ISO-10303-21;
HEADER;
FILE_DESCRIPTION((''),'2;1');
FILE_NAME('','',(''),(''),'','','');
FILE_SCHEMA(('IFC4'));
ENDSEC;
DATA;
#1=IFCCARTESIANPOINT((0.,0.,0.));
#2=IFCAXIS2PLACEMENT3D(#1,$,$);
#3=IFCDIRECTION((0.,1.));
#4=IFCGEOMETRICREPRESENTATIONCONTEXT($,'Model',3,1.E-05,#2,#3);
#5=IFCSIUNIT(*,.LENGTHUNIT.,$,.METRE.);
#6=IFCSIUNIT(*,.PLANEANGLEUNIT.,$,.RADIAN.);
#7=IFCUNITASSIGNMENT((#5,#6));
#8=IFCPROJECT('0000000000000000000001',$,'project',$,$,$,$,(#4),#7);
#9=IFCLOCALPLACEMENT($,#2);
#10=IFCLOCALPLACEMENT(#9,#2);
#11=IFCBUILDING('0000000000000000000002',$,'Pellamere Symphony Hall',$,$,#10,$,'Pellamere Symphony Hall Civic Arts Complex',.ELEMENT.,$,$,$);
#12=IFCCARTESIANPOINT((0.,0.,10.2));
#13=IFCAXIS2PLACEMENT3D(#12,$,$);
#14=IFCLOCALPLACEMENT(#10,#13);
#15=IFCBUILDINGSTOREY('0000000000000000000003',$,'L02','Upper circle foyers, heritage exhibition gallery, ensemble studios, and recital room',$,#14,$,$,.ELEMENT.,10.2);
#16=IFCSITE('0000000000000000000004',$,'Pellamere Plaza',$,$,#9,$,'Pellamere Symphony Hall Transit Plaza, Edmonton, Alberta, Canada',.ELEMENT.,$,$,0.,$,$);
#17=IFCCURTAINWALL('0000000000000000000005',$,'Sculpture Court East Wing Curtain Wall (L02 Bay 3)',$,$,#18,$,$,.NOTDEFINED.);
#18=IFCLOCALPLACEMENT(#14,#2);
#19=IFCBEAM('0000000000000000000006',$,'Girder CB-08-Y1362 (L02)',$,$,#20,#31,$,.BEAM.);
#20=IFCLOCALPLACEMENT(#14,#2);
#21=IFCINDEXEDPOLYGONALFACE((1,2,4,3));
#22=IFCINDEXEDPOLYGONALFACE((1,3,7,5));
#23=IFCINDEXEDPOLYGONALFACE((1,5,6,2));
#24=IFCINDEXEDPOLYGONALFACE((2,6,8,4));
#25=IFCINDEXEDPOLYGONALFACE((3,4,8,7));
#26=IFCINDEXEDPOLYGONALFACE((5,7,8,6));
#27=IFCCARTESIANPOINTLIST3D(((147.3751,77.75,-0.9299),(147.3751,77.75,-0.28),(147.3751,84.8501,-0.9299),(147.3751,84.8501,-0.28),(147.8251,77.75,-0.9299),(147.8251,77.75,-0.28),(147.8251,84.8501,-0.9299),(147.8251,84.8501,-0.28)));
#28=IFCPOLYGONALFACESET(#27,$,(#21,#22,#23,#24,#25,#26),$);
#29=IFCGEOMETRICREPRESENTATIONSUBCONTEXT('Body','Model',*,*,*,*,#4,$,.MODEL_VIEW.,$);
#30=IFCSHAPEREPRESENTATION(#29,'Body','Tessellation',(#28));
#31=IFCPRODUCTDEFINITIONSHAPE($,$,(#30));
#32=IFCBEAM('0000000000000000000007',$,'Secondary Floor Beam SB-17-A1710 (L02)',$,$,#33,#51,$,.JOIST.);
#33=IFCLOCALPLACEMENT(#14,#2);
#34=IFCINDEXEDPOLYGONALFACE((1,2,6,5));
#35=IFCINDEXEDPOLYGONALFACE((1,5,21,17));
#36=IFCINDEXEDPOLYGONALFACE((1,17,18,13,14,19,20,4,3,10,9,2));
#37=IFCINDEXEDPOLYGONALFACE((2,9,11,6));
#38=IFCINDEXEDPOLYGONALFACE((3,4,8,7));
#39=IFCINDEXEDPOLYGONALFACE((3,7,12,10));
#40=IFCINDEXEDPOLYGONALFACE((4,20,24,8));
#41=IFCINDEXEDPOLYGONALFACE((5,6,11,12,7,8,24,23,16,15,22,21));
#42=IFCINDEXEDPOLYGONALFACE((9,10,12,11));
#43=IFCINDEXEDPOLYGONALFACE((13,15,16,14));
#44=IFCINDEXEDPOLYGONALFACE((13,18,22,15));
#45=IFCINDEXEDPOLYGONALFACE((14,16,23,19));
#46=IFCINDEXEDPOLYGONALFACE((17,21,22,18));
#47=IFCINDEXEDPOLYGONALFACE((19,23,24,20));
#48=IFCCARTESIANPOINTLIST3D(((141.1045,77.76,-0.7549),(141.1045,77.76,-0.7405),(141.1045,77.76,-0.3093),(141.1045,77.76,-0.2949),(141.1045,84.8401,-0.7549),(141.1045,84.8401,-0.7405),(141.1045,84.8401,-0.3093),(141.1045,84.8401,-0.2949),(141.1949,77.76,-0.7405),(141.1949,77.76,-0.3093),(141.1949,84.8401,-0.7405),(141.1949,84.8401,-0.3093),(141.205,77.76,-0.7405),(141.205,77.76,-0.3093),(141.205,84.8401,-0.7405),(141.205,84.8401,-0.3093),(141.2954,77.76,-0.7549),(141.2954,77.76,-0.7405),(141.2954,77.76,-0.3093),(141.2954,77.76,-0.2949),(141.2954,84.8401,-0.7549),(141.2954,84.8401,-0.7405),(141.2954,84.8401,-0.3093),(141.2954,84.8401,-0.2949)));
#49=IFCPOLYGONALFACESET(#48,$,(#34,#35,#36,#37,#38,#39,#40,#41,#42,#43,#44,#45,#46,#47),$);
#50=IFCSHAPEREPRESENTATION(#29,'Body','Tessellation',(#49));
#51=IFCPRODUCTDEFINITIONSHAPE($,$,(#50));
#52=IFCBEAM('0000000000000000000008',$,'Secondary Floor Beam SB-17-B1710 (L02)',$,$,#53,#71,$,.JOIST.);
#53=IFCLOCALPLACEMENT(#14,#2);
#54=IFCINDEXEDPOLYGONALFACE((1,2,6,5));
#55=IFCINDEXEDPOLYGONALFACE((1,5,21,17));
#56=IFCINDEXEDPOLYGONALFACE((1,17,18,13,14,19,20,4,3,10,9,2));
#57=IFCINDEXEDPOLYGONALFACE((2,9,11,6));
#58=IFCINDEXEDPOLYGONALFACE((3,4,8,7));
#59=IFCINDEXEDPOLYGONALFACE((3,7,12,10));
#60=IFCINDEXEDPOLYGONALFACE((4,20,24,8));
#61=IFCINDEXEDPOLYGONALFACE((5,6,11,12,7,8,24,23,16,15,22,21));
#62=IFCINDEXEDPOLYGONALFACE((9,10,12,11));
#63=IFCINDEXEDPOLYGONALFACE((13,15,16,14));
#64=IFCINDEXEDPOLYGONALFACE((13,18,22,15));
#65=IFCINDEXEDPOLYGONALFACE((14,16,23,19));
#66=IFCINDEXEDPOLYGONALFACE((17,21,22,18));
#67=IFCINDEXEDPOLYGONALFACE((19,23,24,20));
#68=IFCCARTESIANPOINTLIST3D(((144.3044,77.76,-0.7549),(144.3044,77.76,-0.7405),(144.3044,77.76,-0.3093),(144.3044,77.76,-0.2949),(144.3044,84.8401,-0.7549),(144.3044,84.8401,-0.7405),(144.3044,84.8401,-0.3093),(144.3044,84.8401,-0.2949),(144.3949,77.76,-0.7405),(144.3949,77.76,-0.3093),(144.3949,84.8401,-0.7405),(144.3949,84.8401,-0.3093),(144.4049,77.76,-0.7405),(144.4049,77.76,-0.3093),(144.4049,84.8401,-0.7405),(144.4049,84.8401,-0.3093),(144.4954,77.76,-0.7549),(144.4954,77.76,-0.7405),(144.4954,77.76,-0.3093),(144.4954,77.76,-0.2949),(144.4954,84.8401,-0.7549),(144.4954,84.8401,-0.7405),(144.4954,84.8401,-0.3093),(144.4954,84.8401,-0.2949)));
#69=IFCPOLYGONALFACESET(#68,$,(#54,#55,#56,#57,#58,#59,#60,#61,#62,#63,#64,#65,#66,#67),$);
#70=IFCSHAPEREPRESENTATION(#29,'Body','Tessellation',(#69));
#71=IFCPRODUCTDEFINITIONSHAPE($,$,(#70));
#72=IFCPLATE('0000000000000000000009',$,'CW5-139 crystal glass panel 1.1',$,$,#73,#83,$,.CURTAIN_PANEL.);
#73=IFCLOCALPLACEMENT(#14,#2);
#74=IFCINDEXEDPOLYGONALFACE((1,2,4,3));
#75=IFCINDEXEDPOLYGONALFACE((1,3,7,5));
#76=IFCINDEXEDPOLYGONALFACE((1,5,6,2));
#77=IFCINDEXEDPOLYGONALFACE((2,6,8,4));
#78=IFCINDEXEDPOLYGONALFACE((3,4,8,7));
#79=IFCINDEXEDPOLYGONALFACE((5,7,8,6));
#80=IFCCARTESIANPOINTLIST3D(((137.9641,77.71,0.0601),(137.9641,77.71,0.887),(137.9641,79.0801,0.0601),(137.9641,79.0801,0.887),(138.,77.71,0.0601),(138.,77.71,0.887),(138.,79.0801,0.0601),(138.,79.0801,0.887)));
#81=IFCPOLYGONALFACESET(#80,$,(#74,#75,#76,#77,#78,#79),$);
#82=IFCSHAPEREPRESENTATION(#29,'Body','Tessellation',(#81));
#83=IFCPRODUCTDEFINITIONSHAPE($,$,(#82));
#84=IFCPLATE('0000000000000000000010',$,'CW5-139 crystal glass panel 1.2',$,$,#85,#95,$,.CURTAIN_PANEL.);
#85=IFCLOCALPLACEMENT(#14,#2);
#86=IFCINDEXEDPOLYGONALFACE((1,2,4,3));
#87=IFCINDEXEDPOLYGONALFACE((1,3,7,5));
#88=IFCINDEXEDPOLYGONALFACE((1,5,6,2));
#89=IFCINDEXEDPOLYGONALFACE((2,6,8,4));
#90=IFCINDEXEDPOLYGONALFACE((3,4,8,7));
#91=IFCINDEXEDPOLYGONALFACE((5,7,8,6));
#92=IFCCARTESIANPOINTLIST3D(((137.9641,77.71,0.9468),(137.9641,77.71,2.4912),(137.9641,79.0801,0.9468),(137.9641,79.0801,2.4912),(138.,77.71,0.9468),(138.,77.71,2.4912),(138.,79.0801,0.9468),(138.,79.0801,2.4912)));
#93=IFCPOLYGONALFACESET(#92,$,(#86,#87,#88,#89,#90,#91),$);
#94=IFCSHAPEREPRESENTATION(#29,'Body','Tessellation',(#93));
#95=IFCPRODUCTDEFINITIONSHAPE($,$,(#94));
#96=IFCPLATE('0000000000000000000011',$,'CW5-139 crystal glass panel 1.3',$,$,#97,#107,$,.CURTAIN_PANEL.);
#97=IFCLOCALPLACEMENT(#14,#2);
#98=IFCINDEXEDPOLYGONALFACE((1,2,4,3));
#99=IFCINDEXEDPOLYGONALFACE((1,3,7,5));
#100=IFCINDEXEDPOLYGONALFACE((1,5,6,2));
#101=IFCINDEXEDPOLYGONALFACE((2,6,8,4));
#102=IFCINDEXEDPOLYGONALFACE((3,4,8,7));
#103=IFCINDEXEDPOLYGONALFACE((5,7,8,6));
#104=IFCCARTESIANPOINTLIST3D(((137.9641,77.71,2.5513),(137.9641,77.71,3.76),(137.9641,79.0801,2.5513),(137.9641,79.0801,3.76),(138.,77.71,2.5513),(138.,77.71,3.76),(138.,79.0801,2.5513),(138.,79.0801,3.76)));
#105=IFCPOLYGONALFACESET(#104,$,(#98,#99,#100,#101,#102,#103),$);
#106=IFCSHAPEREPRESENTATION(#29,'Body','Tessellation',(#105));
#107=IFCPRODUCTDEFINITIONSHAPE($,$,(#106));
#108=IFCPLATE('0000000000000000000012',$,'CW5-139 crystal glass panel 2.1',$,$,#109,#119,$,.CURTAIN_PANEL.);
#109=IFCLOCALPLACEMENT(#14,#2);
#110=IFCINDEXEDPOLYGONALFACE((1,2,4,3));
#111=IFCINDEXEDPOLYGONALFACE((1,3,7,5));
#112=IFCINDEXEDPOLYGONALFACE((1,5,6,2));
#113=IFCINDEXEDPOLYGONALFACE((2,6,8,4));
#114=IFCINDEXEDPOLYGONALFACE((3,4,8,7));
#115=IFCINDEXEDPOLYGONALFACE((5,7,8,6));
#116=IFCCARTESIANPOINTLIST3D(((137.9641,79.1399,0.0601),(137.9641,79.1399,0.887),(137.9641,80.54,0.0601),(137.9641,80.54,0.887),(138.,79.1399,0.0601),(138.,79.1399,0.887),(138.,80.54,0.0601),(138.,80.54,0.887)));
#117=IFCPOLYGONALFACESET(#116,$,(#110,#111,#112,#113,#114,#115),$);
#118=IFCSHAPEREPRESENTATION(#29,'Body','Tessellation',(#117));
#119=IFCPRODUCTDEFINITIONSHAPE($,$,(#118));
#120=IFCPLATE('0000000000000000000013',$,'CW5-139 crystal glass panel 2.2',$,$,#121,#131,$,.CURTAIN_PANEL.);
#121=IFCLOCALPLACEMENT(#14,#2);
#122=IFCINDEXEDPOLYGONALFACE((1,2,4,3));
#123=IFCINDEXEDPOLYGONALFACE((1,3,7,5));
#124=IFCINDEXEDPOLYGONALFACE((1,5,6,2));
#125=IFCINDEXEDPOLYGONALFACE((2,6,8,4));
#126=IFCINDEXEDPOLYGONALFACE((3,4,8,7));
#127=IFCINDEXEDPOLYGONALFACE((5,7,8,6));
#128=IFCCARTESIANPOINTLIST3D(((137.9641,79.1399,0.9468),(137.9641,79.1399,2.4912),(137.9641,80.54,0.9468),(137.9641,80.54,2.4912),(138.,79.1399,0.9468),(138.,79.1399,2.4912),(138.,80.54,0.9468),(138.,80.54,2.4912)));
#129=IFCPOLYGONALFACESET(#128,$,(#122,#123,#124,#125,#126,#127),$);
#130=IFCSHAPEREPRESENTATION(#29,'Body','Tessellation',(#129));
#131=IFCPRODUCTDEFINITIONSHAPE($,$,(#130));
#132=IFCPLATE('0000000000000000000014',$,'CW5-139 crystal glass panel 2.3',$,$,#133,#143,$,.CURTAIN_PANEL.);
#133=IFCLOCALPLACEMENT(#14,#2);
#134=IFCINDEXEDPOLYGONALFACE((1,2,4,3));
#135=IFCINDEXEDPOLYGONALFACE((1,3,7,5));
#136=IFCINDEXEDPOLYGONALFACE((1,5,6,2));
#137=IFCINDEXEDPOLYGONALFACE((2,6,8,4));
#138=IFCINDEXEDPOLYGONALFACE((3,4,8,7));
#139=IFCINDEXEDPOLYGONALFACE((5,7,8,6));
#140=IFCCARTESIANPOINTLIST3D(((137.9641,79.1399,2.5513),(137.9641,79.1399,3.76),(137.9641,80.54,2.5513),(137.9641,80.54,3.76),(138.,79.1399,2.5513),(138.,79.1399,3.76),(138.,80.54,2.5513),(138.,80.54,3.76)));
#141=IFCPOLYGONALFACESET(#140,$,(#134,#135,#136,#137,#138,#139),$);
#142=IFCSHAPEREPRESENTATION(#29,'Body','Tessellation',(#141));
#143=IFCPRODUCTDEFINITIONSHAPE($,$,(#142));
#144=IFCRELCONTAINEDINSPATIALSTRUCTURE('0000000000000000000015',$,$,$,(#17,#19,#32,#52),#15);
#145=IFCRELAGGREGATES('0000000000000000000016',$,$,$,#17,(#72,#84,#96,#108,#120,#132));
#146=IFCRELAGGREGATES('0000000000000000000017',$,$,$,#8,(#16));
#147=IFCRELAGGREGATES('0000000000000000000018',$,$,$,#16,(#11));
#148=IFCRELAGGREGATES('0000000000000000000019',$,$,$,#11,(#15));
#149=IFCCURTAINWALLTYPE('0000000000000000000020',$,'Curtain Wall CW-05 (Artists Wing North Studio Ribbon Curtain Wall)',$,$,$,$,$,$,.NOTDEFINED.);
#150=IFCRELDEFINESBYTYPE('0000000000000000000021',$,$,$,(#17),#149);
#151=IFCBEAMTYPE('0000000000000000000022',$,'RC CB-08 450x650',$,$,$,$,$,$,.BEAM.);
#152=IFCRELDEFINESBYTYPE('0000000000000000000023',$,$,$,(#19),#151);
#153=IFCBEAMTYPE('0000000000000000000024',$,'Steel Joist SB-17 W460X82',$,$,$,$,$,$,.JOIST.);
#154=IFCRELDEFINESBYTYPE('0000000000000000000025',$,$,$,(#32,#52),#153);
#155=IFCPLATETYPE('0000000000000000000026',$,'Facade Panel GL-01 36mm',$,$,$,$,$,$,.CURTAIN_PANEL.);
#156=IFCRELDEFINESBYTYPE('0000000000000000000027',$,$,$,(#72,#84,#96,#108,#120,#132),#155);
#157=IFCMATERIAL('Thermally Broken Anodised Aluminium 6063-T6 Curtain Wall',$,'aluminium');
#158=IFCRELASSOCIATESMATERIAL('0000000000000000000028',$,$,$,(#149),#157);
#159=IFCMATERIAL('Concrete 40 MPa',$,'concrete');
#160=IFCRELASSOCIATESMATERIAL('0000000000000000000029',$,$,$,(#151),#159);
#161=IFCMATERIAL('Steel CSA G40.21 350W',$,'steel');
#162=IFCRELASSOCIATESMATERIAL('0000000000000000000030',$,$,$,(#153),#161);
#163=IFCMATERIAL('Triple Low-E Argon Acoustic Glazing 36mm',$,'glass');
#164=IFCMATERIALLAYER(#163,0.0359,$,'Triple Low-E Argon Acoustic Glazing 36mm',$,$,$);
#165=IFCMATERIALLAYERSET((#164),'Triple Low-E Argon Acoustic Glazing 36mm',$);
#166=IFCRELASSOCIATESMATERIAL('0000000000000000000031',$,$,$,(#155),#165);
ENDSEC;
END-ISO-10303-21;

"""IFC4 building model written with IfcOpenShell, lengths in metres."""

from ifc_helpers import new_model, si_unit, direction, frame, origin, origin_2d, place, context, subcontext, project, spatial, polyline, rectangle, i_section, outline, extrude, material, layer, layer_set, material_profile, profile_set, type_object, element, aggregate, save


model = new_model("IFC4")

# Units and contexts
model_context = context("Model", 3, precision=1e-05, world=origin(), true_north=direction((0.0, 1.0)))
body_context = subcontext(model_context, "Body", "Model", "MODEL_VIEW")
ifc_project = project(units=[si_unit("LENGTHUNIT", "METRE"), si_unit("PLANEANGLEUNIT", "RADIAN")], contexts=[model_context])

# Site, building, storey
site_placement = place(None, origin())
site = spatial("IfcSite", under=ifc_project, at=site_placement, Name="Pellamere Plaza", LongName="Pellamere Symphony Hall Transit Plaza, Edmonton, Alberta, Canada", CompositionType="ELEMENT", RefElevation=0.0)
building_placement = place(site_placement, origin())
building = spatial("IfcBuilding", under=site, at=building_placement, Name="Pellamere Symphony Hall", LongName="Pellamere Symphony Hall Civic Arts Complex", CompositionType="ELEMENT")
storey_placement = place(building_placement, frame((0.0, 0.0, 10.2)))
storey = spatial("IfcBuildingStorey", under=building, at=storey_placement, Name="L02", Description="Upper circle foyers, heritage exhibition gallery, ensemble studios, and recital room", CompositionType="ELEMENT", Elevation=10.2)

# Curtain wall
ifc_material_1 = material(Name="Thermally Broken Anodised Aluminium 6063-T6 Curtain Wall", Category="aluminium")
curtain_wall_type = type_object("IfcCurtainWallType", Name="Curtain Wall CW-05 (Artists Wing North Studio Ribbon Curtain Wall)", PredefinedType="NOTDEFINED", material=ifc_material_1)
curtain_wall_placement = place(storey_placement, origin())
curtain_wall = element("IfcCurtainWall", 1, at=curtain_wall_placement, inside=storey, type_object=curtain_wall_type, Name="Sculpture Court East Wing Curtain Wall (L02 Bay 3)", PredefinedType="NOTDEFINED")

# Beams
ifc_material_2 = material(Name="Concrete 40 MPa", Category="concrete")
ifc_material_profile_1 = material_profile(ifc_material_2, rectangle(XDim=0.45, YDim=0.6499, at=origin_2d()), Name="RC 450x650")
ifc_profile_set_1 = profile_set([ifc_material_profile_1], Name="Concrete 40 MPa")
beam_type_1 = type_object("IfcBeamType", Name="RC CB-08 450x650", PredefinedType="BEAM", material=ifc_profile_set_1)
beam_placement = place(storey_placement, frame((147.6001, 77.75, -0.605), z_axis=(0.0, 1.0, 0.0), x_axis=(-1.0, 0.0, 0.0)))
element("IfcBeam", 2, at=beam_placement, inside=storey, type_object=beam_type_1, Name="Girder CB-08-Y1362 (L02)", PredefinedType="BEAM", context=body_context, shape_type="SweptSolid", body=[
    extrude(rectangle(XDim=0.45, YDim=0.6499, at=origin_2d()), origin(), (0.0, 0.0, 1.0), 7.1001),
])
ifc_material_3 = material(Name="Steel CSA G40.21 350W", Category="steel")
ifc_material_profile_2 = material_profile(ifc_material_3, i_section(OverallWidth=0.1909, OverallDepth=0.46, WebThickness=0.01, FlangeThickness=0.0144, at=origin_2d()), Name="W460X82")
ifc_profile_set_2 = profile_set([ifc_material_profile_2], Name="Steel CSA G40.21 350W")
beam_type_2 = type_object("IfcBeamType", Name="Steel Joist SB-17 W460X82", PredefinedType="JOIST", material=ifc_profile_set_2)
for number, where, z_axis, x_axis, name in (
    (3, (141.2, 77.76, -0.5249), (0.0, 1.0, 0.0), (-1.0, 0.0, 0.0), "Secondary Floor Beam SB-17-A1710 (L02)"),
    (4, (144.3999, 77.76, -0.5249), (0.0, 1.0, 0.0), (-1.0, 0.0, 0.0), "Secondary Floor Beam SB-17-B1710 (L02)"),
):
    element("IfcBeam", number, at=place(storey_placement, frame(where, z_axis=z_axis, x_axis=x_axis)), inside=storey, type_object=beam_type_2, Name=name, PredefinedType="JOIST", context=body_context, shape_type="SweptSolid", body=[
        extrude(i_section(OverallWidth=0.1909, OverallDepth=0.46, WebThickness=0.01, FlangeThickness=0.0144, at=origin_2d()), origin(), (0.0, 0.0, 1.0), 7.0801),
    ])

# Plates
ifc_material_4 = material(Name="Triple Low-E Argon Acoustic Glazing 36mm", Category="glass")
ifc_layer = layer(ifc_material_4, 0.0359, Name="Triple Low-E Argon Acoustic Glazing 36mm")
ifc_layer_set = layer_set([ifc_layer], Name="Triple Low-E Argon Acoustic Glazing 36mm")
plate_type = type_object("IfcPlateType", Name="Facade Panel GL-01 36mm", PredefinedType="CURTAIN_PANEL", material=ifc_layer_set)
plate_1_placement = place(storey_placement, frame((138.0, 77.71, 0.0601), z_axis=(1.0, 0.0, 0.0), x_axis=(0.0, 1.0, 0.0)))
plate_1 = element("IfcPlate", 5, at=plate_1_placement, type_object=plate_type, Name="CW5-139 crystal glass panel 1.1", PredefinedType="CURTAIN_PANEL", context=body_context, shape_type="SweptSolid", body=[
    extrude(outline(polyline([(0.0, 0.0), (1.3701, 0.0), (1.3701, 0.8269), (0.0, 0.8269), (0.0, 0.0)])), origin(), (0.0, 0.0, -1.0), 0.0359),
])
plate_2_placement = place(storey_placement, frame((138.0, 77.71, 0.9468), z_axis=(1.0, 0.0, 0.0), x_axis=(0.0, 1.0, 0.0)))
plate_2 = element("IfcPlate", 6, at=plate_2_placement, type_object=plate_type, Name="CW5-139 crystal glass panel 1.2", PredefinedType="CURTAIN_PANEL", context=body_context, shape_type="SweptSolid", body=[
    extrude(outline(polyline([(0.0, 0.0), (1.3701, 0.0), (1.3701, 1.5444), (0.0, 1.5444), (0.0, 0.0)])), origin(), (0.0, 0.0, -1.0), 0.0359),
])
plate_3_placement = place(storey_placement, frame((138.0, 77.71, 2.5513), z_axis=(1.0, 0.0, 0.0), x_axis=(0.0, 1.0, 0.0)))
plate_3 = element("IfcPlate", 7, at=plate_3_placement, type_object=plate_type, Name="CW5-139 crystal glass panel 1.3", PredefinedType="CURTAIN_PANEL", context=body_context, shape_type="SweptSolid", body=[
    extrude(outline(polyline([(0.0, 0.0), (1.3701, 0.0), (1.3701, 1.2087), (0.0, 1.2087), (0.0, 0.0)])), origin(), (0.0, 0.0, -1.0), 0.0359),
])
plate_4_placement = place(storey_placement, frame((138.0, 79.1399, 0.0601), z_axis=(1.0, 0.0, 0.0), x_axis=(0.0, 1.0, 0.0)))
plate_4 = element("IfcPlate", 8, at=plate_4_placement, type_object=plate_type, Name="CW5-139 crystal glass panel 2.1", PredefinedType="CURTAIN_PANEL", context=body_context, shape_type="SweptSolid", body=[
    extrude(outline(polyline([(0.0, 0.0), (1.4001, 0.0), (1.4001, 0.8269), (0.0, 0.8269), (0.0, 0.0)])), origin(), (0.0, 0.0, -1.0), 0.0359),
])
plate_5_placement = place(storey_placement, frame((138.0, 79.1399, 0.9468), z_axis=(1.0, 0.0, 0.0), x_axis=(0.0, 1.0, 0.0)))
plate_5 = element("IfcPlate", 9, at=plate_5_placement, type_object=plate_type, Name="CW5-139 crystal glass panel 2.2", PredefinedType="CURTAIN_PANEL", context=body_context, shape_type="SweptSolid", body=[
    extrude(outline(polyline([(0.0, 0.0), (1.4001, 0.0), (1.4001, 1.5444), (0.0, 1.5444), (0.0, 0.0)])), origin(), (0.0, 0.0, -1.0), 0.0359),
])
plate_6_placement = place(storey_placement, frame((138.0, 79.1399, 2.5513), z_axis=(1.0, 0.0, 0.0), x_axis=(0.0, 1.0, 0.0)))
plate_6 = element("IfcPlate", 10, at=plate_6_placement, type_object=plate_type, Name="CW5-139 crystal glass panel 2.3", PredefinedType="CURTAIN_PANEL", context=body_context, shape_type="SweptSolid", body=[
    extrude(outline(polyline([(0.0, 0.0), (1.4001, 0.0), (1.4001, 1.2087), (0.0, 1.2087), (0.0, 0.0)])), origin(), (0.0, 0.0, -1.0), 0.0359),
])
aggregate(curtain_wall, [plate_1, plate_2, plate_3, plate_4, plate_5, plate_6])

save(model, "model.ifc")
